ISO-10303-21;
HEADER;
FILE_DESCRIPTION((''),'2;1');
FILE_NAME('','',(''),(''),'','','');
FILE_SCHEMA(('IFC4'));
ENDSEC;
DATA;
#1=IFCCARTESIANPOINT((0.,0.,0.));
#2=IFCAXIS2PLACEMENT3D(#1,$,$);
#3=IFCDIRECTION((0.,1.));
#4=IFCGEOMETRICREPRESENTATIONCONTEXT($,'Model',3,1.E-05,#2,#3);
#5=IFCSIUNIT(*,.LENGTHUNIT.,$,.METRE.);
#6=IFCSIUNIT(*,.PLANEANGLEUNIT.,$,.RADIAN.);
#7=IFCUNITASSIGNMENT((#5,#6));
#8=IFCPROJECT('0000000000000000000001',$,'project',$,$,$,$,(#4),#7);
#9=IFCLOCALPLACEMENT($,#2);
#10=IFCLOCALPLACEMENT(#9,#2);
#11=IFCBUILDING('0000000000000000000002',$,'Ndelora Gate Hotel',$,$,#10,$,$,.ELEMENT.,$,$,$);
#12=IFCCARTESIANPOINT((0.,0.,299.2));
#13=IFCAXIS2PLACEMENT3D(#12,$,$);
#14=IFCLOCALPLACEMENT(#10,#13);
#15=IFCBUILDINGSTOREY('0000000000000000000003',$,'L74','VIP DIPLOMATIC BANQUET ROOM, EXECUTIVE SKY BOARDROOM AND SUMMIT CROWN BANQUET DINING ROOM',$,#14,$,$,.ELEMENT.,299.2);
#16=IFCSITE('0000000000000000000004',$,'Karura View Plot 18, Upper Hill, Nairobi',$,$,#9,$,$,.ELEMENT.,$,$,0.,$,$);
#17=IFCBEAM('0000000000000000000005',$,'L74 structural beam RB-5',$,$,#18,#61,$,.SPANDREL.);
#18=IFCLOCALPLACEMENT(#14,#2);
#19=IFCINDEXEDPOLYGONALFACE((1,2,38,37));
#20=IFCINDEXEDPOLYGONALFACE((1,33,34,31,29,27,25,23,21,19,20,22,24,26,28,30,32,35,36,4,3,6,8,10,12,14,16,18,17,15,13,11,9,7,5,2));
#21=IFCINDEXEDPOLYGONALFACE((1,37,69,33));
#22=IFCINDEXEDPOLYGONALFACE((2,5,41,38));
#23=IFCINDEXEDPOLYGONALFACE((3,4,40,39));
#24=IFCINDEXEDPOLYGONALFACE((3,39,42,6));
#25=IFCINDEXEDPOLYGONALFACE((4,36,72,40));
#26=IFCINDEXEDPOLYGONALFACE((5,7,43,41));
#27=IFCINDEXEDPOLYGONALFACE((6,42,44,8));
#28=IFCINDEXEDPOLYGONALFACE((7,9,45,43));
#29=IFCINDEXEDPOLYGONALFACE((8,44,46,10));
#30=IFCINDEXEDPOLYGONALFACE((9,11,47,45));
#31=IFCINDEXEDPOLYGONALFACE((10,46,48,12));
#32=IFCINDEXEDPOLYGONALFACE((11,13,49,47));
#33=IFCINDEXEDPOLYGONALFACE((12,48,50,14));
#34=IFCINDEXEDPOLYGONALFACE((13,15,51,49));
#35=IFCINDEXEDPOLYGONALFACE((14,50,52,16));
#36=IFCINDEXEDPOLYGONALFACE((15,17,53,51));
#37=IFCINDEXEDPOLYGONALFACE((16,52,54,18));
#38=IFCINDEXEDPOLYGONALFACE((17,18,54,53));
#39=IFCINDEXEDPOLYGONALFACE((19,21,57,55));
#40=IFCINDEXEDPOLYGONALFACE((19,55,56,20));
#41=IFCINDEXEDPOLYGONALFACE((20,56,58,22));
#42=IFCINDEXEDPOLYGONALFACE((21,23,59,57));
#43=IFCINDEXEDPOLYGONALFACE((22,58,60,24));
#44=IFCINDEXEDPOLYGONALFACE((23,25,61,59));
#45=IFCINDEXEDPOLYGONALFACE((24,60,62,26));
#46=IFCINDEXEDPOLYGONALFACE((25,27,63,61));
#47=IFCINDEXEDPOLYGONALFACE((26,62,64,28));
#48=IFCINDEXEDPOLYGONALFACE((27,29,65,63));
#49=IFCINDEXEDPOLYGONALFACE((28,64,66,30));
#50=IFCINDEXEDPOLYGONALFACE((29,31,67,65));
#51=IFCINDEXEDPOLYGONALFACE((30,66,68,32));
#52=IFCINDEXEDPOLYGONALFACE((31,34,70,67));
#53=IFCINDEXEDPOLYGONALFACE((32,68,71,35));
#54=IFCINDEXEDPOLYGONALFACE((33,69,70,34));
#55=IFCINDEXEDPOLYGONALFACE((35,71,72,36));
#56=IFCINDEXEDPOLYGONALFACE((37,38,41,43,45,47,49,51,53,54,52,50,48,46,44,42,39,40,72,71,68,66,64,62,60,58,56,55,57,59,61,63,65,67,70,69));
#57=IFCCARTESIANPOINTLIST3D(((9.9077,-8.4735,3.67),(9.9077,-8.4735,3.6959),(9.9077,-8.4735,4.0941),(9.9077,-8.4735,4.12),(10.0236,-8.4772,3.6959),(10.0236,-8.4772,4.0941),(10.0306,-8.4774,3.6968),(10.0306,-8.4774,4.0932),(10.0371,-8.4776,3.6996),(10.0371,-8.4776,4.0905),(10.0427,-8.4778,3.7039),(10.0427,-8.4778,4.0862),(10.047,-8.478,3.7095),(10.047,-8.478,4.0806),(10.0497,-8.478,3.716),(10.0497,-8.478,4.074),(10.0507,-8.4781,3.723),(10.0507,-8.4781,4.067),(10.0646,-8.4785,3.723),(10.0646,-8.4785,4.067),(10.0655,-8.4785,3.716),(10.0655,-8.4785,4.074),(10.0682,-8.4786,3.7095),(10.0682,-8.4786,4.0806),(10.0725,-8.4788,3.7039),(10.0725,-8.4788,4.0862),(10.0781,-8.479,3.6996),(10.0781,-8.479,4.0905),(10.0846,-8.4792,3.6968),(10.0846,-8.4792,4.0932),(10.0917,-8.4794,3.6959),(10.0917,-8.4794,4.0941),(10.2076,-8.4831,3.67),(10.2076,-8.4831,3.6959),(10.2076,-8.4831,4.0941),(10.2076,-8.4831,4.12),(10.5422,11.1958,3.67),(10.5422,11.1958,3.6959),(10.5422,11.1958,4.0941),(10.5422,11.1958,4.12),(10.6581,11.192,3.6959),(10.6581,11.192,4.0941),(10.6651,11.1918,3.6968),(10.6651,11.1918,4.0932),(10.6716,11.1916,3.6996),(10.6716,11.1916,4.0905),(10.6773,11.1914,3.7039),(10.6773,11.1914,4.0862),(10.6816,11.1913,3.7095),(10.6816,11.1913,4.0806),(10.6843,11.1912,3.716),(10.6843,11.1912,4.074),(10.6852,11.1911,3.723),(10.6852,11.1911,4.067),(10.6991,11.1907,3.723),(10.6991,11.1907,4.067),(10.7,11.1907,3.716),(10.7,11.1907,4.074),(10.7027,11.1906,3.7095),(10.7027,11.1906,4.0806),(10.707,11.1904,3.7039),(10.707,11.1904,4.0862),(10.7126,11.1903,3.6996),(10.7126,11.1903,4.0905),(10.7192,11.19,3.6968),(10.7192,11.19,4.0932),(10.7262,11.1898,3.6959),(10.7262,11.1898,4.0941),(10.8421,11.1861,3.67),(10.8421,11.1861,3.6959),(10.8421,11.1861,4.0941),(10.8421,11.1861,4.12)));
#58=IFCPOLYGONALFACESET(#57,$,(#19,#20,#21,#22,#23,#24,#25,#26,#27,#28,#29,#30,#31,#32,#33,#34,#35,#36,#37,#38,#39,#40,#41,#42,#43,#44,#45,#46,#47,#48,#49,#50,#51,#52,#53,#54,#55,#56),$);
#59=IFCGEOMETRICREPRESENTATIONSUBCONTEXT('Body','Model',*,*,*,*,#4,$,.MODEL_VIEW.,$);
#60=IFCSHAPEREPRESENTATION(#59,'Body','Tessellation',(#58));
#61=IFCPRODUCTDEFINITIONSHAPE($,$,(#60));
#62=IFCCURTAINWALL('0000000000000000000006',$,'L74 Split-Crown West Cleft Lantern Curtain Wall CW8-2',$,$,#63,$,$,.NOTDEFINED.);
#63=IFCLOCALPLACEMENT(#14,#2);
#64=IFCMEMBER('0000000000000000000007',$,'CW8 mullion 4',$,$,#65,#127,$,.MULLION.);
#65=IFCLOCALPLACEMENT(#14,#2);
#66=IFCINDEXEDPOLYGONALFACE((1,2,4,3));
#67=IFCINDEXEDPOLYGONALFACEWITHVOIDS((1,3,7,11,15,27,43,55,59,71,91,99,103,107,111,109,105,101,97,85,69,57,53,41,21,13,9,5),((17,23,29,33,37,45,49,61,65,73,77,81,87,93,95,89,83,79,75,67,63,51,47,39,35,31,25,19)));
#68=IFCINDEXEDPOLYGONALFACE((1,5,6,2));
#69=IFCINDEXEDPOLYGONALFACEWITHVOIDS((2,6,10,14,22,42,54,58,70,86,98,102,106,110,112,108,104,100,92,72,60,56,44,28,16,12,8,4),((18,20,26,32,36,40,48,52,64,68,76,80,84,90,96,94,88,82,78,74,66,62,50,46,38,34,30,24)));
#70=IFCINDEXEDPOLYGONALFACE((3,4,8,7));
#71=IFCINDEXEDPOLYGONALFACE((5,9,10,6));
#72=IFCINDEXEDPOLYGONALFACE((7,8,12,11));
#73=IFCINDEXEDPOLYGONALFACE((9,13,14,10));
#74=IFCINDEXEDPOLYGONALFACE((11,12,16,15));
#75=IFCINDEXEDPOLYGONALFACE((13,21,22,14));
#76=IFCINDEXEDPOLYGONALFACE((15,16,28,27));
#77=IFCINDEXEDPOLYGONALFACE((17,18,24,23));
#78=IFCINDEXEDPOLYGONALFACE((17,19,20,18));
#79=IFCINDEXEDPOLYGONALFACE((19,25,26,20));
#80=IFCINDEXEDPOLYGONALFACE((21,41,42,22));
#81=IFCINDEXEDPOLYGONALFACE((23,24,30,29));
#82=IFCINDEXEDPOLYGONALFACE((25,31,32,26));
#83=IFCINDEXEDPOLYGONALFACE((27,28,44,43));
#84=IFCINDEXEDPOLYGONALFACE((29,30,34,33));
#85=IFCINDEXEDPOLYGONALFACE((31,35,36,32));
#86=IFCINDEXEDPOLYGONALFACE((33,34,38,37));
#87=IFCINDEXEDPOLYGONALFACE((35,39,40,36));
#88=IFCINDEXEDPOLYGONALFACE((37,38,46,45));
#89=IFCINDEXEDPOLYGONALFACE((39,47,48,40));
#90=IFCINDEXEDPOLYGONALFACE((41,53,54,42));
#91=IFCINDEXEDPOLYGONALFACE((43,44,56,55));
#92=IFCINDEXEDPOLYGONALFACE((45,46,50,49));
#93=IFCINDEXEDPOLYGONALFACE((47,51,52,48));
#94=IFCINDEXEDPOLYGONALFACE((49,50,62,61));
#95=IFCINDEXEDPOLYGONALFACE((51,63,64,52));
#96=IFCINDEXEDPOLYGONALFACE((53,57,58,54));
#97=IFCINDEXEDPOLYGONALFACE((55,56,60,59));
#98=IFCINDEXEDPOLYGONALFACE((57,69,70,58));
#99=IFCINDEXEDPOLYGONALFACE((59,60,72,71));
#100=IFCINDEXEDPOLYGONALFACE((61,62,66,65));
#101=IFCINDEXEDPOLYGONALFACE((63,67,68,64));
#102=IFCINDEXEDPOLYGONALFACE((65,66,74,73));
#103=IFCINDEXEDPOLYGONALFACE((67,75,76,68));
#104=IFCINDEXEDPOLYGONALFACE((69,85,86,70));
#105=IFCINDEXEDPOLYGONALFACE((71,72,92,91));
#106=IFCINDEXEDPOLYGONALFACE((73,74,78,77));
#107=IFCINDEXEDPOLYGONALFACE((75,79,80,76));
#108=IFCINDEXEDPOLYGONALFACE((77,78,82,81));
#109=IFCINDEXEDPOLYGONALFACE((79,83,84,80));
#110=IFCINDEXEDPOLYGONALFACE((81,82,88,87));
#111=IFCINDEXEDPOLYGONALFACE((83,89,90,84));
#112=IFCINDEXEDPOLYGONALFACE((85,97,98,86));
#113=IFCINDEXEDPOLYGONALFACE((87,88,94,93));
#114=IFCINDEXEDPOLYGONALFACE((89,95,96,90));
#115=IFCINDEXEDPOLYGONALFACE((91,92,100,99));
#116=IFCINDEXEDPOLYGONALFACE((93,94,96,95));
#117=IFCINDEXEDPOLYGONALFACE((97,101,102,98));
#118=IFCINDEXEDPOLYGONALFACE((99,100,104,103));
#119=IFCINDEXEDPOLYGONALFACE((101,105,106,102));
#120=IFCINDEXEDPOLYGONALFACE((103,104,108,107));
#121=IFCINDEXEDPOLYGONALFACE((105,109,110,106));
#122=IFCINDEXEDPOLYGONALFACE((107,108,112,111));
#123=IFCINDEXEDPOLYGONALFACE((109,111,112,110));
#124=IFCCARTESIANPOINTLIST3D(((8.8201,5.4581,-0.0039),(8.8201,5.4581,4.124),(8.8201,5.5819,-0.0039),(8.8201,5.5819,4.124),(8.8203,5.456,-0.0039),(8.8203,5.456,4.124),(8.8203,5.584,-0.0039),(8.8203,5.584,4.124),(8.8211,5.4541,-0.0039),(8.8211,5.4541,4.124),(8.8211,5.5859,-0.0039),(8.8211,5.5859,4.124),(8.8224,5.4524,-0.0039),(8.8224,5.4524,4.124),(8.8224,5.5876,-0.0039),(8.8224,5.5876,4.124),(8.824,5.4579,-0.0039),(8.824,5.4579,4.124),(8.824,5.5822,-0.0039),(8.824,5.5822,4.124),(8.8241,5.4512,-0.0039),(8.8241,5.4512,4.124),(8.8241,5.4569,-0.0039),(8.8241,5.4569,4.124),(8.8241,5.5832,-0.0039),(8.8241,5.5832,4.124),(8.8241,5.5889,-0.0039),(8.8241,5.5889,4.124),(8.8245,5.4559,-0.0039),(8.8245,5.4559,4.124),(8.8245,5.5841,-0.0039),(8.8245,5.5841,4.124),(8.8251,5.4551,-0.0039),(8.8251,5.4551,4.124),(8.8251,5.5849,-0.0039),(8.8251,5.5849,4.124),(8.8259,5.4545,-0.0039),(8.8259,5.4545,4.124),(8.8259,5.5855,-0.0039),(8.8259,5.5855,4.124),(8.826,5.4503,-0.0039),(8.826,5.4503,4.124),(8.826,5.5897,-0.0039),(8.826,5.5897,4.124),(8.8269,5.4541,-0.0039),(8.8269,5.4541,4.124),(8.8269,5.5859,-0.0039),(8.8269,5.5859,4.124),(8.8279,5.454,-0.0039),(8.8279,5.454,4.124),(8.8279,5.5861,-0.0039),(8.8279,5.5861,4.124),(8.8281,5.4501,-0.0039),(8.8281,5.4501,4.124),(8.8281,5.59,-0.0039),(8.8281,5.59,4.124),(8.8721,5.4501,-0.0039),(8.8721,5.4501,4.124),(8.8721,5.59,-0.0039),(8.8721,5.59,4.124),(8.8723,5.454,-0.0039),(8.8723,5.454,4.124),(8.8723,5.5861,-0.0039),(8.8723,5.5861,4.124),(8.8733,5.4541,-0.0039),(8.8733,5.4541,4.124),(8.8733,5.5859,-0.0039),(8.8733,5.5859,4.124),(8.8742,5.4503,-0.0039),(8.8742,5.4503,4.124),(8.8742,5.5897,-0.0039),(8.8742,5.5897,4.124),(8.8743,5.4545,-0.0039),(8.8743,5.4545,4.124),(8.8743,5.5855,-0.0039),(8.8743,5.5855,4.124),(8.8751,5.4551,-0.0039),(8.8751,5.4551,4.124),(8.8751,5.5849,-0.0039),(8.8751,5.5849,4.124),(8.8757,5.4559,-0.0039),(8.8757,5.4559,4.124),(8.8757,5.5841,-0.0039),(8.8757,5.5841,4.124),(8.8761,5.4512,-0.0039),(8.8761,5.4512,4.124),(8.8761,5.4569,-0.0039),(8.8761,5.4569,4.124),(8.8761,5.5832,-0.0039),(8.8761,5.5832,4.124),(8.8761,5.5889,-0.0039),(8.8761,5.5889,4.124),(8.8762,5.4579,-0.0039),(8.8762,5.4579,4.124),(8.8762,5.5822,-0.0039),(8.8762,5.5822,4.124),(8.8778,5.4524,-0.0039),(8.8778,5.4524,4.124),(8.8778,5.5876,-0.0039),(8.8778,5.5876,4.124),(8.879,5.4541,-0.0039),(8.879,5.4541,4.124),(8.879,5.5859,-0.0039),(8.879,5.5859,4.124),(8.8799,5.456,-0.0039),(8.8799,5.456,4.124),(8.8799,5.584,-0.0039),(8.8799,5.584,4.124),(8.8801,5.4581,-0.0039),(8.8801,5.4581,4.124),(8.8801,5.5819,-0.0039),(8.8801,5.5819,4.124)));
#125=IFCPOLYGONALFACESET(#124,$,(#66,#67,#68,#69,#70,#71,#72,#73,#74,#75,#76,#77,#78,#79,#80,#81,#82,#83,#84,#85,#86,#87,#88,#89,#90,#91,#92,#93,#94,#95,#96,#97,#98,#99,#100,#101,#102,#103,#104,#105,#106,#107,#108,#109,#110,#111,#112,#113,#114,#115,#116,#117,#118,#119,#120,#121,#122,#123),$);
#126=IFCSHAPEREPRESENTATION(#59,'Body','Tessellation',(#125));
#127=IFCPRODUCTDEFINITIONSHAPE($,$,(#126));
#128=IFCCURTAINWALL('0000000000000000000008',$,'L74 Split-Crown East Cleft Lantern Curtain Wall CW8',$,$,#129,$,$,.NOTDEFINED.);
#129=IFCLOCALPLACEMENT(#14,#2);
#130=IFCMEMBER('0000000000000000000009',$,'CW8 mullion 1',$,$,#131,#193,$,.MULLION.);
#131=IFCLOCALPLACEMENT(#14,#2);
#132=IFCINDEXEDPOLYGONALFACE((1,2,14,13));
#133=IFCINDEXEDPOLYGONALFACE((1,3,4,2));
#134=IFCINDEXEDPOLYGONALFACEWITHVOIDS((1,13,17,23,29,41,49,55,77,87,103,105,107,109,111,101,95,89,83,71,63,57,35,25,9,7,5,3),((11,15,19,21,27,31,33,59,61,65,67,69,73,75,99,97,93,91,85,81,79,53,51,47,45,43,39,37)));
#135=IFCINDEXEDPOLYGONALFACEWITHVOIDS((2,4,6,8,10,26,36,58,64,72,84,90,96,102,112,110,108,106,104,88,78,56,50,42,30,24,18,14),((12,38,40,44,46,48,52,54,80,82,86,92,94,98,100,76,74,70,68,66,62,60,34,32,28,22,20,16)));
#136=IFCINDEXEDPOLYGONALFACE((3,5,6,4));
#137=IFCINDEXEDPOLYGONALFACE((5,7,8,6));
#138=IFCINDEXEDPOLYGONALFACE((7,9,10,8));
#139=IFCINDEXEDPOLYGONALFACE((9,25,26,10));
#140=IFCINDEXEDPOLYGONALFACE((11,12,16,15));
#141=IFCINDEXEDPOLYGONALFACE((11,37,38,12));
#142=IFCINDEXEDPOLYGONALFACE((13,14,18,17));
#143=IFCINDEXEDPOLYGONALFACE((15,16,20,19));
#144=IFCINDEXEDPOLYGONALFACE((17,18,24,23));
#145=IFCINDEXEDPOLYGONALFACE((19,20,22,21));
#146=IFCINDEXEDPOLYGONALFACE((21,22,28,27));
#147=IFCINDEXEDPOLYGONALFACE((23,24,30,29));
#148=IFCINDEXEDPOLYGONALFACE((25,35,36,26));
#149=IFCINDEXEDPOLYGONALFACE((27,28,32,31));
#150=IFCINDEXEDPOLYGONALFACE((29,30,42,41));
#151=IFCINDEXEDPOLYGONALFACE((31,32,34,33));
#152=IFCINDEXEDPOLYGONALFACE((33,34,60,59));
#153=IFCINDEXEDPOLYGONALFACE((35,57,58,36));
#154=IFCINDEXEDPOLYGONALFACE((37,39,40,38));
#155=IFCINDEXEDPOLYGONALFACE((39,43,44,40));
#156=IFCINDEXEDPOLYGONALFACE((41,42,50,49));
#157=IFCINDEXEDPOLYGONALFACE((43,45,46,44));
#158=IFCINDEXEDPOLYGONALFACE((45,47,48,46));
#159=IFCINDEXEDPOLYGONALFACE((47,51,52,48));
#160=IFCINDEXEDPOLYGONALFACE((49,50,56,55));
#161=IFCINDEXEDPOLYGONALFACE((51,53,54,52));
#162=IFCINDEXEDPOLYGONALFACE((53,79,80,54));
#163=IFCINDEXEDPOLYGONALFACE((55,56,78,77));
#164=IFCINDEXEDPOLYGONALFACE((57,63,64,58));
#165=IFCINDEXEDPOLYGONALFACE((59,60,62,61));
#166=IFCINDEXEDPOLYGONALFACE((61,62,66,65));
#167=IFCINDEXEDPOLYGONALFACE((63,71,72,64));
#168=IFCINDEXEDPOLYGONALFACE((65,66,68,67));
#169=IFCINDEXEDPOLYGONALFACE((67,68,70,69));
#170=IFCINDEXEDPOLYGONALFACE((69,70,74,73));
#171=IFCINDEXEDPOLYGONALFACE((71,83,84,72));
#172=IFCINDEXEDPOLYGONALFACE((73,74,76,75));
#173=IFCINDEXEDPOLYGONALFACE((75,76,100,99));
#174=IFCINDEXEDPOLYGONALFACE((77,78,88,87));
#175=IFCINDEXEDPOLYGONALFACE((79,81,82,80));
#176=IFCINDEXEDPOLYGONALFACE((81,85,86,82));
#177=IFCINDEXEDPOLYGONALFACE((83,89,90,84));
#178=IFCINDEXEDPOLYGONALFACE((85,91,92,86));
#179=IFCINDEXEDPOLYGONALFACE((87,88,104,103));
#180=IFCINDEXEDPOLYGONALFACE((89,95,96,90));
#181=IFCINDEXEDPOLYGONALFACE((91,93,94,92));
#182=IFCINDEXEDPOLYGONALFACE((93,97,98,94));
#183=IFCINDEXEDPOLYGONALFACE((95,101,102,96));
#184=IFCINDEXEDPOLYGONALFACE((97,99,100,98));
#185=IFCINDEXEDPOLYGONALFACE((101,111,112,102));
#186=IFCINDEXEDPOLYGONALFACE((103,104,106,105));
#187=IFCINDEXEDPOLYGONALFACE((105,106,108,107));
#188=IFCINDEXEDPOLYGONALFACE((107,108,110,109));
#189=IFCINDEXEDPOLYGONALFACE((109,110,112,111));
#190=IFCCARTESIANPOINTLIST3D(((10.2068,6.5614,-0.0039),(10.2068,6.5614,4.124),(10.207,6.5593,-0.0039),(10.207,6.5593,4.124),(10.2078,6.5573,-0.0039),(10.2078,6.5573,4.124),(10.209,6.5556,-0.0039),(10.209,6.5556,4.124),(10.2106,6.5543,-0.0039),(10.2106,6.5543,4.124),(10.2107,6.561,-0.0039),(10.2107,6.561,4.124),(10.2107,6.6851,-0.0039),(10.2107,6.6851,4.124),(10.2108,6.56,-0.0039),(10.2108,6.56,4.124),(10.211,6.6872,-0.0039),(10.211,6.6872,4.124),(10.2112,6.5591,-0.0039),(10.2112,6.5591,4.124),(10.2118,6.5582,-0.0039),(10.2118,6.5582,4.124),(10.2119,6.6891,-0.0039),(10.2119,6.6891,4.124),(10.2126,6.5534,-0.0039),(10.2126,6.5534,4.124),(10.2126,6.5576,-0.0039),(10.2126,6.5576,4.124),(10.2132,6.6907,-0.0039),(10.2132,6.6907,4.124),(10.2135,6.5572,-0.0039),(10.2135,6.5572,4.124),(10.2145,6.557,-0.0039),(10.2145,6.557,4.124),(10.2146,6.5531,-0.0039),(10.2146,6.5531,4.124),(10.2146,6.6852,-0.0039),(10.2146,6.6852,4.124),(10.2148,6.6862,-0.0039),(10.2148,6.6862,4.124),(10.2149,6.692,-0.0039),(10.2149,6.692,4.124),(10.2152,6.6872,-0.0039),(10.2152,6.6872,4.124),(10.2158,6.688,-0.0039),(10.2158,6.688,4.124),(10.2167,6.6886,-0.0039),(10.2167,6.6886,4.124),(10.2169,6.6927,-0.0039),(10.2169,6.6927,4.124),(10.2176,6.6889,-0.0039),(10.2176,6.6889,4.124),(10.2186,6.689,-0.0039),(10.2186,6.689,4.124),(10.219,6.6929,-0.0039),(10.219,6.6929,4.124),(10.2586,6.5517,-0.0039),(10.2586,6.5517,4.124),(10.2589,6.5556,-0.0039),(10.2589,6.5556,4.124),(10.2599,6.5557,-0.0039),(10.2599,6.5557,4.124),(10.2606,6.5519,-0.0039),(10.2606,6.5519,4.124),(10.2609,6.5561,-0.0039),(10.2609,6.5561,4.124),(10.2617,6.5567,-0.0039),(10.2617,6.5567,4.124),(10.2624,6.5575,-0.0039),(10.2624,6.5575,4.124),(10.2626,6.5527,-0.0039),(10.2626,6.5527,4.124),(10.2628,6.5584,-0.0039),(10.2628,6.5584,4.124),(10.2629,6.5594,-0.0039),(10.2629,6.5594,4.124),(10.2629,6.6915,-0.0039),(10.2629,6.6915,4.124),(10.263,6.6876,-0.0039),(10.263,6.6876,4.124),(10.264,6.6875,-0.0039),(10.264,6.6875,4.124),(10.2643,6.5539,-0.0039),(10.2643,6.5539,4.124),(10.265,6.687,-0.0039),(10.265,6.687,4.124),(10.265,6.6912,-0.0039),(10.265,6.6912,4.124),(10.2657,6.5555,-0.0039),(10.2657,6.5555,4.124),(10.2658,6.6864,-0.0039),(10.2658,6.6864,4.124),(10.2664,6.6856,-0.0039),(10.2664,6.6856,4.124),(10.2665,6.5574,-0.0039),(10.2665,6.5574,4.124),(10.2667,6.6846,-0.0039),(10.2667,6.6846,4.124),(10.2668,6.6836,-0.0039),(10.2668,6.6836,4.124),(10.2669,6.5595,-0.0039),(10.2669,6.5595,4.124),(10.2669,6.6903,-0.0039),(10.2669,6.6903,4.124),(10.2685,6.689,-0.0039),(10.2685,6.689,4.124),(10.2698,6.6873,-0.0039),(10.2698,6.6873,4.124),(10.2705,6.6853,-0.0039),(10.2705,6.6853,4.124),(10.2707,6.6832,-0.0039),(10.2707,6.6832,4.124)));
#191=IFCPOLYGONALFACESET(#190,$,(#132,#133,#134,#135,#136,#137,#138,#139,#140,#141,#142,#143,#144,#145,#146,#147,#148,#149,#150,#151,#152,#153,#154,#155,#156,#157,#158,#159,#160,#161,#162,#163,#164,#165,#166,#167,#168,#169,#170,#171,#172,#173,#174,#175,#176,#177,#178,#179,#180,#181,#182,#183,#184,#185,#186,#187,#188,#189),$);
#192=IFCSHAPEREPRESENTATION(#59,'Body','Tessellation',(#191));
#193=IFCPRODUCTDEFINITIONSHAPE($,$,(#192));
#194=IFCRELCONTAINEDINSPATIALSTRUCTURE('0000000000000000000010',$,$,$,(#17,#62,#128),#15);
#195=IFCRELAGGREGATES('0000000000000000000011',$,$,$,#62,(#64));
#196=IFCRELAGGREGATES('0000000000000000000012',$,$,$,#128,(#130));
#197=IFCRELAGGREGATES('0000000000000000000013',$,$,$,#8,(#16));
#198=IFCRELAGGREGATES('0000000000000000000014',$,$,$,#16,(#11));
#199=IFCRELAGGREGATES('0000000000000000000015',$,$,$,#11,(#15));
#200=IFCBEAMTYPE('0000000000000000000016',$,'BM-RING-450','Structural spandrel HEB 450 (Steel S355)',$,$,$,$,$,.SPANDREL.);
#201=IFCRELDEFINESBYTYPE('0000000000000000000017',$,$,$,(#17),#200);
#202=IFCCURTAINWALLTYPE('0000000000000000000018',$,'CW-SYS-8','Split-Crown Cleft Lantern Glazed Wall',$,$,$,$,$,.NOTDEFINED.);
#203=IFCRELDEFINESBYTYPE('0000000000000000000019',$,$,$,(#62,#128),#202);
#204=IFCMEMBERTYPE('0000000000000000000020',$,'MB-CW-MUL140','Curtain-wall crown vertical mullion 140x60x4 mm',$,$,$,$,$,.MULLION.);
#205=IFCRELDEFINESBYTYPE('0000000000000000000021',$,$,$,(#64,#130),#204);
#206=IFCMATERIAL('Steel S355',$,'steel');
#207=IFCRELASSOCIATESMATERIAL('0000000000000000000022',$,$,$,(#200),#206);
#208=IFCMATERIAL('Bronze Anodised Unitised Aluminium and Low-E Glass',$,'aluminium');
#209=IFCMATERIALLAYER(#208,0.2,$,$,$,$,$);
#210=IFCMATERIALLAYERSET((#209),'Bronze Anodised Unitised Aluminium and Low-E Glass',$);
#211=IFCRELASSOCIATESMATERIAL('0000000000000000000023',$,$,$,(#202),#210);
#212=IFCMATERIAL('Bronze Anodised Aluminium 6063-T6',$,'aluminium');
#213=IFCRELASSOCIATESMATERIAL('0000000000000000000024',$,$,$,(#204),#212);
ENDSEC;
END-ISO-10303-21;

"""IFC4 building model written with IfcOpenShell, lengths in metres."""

from ifc_helpers import new_model, si_unit, direction, frame, origin, origin_2d, place, context, subcontext, project, spatial, hollow_rectangle, i_section, extrude, material, layer, layer_set, material_profile, profile_set, type_object, element, aggregate, save


model = new_model("IFC4")

# Units and contexts
model_context = context("Model", 3, precision=1e-05, world=origin(), true_north=direction((0.0, 1.0)))
body_context = subcontext(model_context, "Body", "Model", "MODEL_VIEW")
ifc_project = project(units=[si_unit("LENGTHUNIT", "METRE"), si_unit("PLANEANGLEUNIT", "RADIAN")], contexts=[model_context])

# Site, building, storey
site_placement = place(None, origin())
site = spatial("IfcSite", under=ifc_project, at=site_placement, Name="Karura View Plot 18, Upper Hill, Nairobi", CompositionType="ELEMENT", RefElevation=0.0)
building_placement = place(site_placement, origin())
building = spatial("IfcBuilding", under=site, at=building_placement, Name="Ndelora Gate Hotel", CompositionType="ELEMENT")
storey_placement = place(building_placement, frame((0.0, 0.0, 299.2)))
storey = spatial("IfcBuildingStorey", under=building, at=storey_placement, Name="L74", Description="VIP DIPLOMATIC BANQUET ROOM, EXECUTIVE SKY BOARDROOM AND SUMMIT CROWN BANQUET DINING ROOM", CompositionType="ELEMENT", Elevation=299.2)

# Beam
ifc_material_1 = material(Name="Steel S355", Category="steel")
ifc_material_profile_1 = material_profile(ifc_material_1, i_section(OverallWidth=0.3, OverallDepth=0.45, WebThickness=0.0139, FlangeThickness=0.0259, FilletRadius=0.0271, at=origin_2d()), Name="HEB 450")
ifc_profile_set_1 = profile_set([ifc_material_profile_1], Name="Steel S355")
beam_type = type_object("IfcBeamType", Name="BM-RING-450", Description="Structural spandrel HEB 450 (Steel S355)", PredefinedType="SPANDREL", material=ifc_profile_set_1)
beam_1_placement = place(storey_placement, frame((10.6921, 11.1909, 3.895), z_axis=(-0.032243, -0.99948, 0.0), x_axis=(0.99948, -0.032243, 0.0)))
element("IfcBeam", 1, at=beam_1_placement, inside=storey, type_object=beam_type, Name="L74 structural beam RB-5", PredefinedType="SPANDREL", context=body_context, shape_type="SweptSolid", body=[
    extrude(i_section(OverallWidth=0.3, OverallDepth=0.45, WebThickness=0.0139, FlangeThickness=0.0259, FilletRadius=0.0271, at=origin_2d()), origin(), (0.0, 0.0, 1.0), 19.6794),
])

# Curtain wall, member
ifc_material_2 = material(Name="Bronze Anodised Unitised Aluminium and Low-E Glass", Category="aluminium")
ifc_layer_1 = layer(ifc_material_2, 0.2)
ifc_layer_set_1 = layer_set([ifc_layer_1], Name="Bronze Anodised Unitised Aluminium and Low-E Glass")
curtain_wall_type = type_object("IfcCurtainWallType", Name="CW-SYS-8", Description="Split-Crown Cleft Lantern Glazed Wall", PredefinedType="NOTDEFINED", material=ifc_layer_set_1)
curtain_wall_1_placement = place(storey_placement, origin())
curtain_wall_1 = element("IfcCurtainWall", 2, at=curtain_wall_1_placement, inside=storey, type_object=curtain_wall_type, Name="L74 Split-Crown West Cleft Lantern Curtain Wall CW8-2", PredefinedType="NOTDEFINED")
ifc_material_3 = material(Name="Bronze Anodised Aluminium 6063-T6", Category="aluminium")
ifc_material_profile_2 = material_profile(ifc_material_3, hollow_rectangle(XDim=0.0601, YDim=0.1399, WallThickness=0.0039, InnerFilletRadius=0.0039, OuterFilletRadius=0.0081, at=origin_2d()), Name="ALU 140x60x4")
ifc_profile_set_2 = profile_set([ifc_material_profile_2], Name="Bronze Anodised Aluminium 6063-T6")
member_type_1 = type_object("IfcMemberType", Name="MB-CW-MUL140", Description="Curtain-wall crown vertical mullion 140x60x4 mm", PredefinedType="MULLION", material=ifc_profile_set_2)
member_1_placement = place(storey_placement, frame((8.8501, 5.52, -0.0039), z_axis=(0.0, 0.0, 1.0), x_axis=(-1.0, 0.0, 0.0)))
member_1 = element("IfcMember", 3, at=member_1_placement, type_object=member_type_1, Name="CW8 mullion 4", PredefinedType="MULLION", context=body_context, shape_type="SweptSolid", body=[
    extrude(hollow_rectangle(XDim=0.0601, YDim=0.1399, WallThickness=0.0039, InnerFilletRadius=0.0039, OuterFilletRadius=0.0081, at=origin_2d()), origin(), (0.0, 0.0, 1.0), 4.1279),
])
aggregate(curtain_wall_1, [member_1])

# Curtain wall, member
curtain_wall_2_placement = place(storey_placement, origin())
curtain_wall_2 = element("IfcCurtainWall", 4, at=curtain_wall_2_placement, inside=storey, type_object=curtain_wall_type, Name="L74 Split-Crown East Cleft Lantern Curtain Wall CW8", PredefinedType="NOTDEFINED")
member_2_placement = place(storey_placement, frame((10.2388, 6.6223, -0.0039), z_axis=(0.0, 0.0, 1.0), x_axis=(0.999515, -0.031131, 0.0)))
member_2 = element("IfcMember", 5, at=member_2_placement, type_object=member_type_1, Name="CW8 mullion 1", PredefinedType="MULLION", context=body_context, shape_type="SweptSolid", body=[
    extrude(hollow_rectangle(XDim=0.0601, YDim=0.1399, WallThickness=0.0039, InnerFilletRadius=0.0039, OuterFilletRadius=0.0081, at=origin_2d()), origin(), (0.0, 0.0, 1.0), 4.1279),
])
aggregate(curtain_wall_2, [member_2])

save(model, "model.ifc")
